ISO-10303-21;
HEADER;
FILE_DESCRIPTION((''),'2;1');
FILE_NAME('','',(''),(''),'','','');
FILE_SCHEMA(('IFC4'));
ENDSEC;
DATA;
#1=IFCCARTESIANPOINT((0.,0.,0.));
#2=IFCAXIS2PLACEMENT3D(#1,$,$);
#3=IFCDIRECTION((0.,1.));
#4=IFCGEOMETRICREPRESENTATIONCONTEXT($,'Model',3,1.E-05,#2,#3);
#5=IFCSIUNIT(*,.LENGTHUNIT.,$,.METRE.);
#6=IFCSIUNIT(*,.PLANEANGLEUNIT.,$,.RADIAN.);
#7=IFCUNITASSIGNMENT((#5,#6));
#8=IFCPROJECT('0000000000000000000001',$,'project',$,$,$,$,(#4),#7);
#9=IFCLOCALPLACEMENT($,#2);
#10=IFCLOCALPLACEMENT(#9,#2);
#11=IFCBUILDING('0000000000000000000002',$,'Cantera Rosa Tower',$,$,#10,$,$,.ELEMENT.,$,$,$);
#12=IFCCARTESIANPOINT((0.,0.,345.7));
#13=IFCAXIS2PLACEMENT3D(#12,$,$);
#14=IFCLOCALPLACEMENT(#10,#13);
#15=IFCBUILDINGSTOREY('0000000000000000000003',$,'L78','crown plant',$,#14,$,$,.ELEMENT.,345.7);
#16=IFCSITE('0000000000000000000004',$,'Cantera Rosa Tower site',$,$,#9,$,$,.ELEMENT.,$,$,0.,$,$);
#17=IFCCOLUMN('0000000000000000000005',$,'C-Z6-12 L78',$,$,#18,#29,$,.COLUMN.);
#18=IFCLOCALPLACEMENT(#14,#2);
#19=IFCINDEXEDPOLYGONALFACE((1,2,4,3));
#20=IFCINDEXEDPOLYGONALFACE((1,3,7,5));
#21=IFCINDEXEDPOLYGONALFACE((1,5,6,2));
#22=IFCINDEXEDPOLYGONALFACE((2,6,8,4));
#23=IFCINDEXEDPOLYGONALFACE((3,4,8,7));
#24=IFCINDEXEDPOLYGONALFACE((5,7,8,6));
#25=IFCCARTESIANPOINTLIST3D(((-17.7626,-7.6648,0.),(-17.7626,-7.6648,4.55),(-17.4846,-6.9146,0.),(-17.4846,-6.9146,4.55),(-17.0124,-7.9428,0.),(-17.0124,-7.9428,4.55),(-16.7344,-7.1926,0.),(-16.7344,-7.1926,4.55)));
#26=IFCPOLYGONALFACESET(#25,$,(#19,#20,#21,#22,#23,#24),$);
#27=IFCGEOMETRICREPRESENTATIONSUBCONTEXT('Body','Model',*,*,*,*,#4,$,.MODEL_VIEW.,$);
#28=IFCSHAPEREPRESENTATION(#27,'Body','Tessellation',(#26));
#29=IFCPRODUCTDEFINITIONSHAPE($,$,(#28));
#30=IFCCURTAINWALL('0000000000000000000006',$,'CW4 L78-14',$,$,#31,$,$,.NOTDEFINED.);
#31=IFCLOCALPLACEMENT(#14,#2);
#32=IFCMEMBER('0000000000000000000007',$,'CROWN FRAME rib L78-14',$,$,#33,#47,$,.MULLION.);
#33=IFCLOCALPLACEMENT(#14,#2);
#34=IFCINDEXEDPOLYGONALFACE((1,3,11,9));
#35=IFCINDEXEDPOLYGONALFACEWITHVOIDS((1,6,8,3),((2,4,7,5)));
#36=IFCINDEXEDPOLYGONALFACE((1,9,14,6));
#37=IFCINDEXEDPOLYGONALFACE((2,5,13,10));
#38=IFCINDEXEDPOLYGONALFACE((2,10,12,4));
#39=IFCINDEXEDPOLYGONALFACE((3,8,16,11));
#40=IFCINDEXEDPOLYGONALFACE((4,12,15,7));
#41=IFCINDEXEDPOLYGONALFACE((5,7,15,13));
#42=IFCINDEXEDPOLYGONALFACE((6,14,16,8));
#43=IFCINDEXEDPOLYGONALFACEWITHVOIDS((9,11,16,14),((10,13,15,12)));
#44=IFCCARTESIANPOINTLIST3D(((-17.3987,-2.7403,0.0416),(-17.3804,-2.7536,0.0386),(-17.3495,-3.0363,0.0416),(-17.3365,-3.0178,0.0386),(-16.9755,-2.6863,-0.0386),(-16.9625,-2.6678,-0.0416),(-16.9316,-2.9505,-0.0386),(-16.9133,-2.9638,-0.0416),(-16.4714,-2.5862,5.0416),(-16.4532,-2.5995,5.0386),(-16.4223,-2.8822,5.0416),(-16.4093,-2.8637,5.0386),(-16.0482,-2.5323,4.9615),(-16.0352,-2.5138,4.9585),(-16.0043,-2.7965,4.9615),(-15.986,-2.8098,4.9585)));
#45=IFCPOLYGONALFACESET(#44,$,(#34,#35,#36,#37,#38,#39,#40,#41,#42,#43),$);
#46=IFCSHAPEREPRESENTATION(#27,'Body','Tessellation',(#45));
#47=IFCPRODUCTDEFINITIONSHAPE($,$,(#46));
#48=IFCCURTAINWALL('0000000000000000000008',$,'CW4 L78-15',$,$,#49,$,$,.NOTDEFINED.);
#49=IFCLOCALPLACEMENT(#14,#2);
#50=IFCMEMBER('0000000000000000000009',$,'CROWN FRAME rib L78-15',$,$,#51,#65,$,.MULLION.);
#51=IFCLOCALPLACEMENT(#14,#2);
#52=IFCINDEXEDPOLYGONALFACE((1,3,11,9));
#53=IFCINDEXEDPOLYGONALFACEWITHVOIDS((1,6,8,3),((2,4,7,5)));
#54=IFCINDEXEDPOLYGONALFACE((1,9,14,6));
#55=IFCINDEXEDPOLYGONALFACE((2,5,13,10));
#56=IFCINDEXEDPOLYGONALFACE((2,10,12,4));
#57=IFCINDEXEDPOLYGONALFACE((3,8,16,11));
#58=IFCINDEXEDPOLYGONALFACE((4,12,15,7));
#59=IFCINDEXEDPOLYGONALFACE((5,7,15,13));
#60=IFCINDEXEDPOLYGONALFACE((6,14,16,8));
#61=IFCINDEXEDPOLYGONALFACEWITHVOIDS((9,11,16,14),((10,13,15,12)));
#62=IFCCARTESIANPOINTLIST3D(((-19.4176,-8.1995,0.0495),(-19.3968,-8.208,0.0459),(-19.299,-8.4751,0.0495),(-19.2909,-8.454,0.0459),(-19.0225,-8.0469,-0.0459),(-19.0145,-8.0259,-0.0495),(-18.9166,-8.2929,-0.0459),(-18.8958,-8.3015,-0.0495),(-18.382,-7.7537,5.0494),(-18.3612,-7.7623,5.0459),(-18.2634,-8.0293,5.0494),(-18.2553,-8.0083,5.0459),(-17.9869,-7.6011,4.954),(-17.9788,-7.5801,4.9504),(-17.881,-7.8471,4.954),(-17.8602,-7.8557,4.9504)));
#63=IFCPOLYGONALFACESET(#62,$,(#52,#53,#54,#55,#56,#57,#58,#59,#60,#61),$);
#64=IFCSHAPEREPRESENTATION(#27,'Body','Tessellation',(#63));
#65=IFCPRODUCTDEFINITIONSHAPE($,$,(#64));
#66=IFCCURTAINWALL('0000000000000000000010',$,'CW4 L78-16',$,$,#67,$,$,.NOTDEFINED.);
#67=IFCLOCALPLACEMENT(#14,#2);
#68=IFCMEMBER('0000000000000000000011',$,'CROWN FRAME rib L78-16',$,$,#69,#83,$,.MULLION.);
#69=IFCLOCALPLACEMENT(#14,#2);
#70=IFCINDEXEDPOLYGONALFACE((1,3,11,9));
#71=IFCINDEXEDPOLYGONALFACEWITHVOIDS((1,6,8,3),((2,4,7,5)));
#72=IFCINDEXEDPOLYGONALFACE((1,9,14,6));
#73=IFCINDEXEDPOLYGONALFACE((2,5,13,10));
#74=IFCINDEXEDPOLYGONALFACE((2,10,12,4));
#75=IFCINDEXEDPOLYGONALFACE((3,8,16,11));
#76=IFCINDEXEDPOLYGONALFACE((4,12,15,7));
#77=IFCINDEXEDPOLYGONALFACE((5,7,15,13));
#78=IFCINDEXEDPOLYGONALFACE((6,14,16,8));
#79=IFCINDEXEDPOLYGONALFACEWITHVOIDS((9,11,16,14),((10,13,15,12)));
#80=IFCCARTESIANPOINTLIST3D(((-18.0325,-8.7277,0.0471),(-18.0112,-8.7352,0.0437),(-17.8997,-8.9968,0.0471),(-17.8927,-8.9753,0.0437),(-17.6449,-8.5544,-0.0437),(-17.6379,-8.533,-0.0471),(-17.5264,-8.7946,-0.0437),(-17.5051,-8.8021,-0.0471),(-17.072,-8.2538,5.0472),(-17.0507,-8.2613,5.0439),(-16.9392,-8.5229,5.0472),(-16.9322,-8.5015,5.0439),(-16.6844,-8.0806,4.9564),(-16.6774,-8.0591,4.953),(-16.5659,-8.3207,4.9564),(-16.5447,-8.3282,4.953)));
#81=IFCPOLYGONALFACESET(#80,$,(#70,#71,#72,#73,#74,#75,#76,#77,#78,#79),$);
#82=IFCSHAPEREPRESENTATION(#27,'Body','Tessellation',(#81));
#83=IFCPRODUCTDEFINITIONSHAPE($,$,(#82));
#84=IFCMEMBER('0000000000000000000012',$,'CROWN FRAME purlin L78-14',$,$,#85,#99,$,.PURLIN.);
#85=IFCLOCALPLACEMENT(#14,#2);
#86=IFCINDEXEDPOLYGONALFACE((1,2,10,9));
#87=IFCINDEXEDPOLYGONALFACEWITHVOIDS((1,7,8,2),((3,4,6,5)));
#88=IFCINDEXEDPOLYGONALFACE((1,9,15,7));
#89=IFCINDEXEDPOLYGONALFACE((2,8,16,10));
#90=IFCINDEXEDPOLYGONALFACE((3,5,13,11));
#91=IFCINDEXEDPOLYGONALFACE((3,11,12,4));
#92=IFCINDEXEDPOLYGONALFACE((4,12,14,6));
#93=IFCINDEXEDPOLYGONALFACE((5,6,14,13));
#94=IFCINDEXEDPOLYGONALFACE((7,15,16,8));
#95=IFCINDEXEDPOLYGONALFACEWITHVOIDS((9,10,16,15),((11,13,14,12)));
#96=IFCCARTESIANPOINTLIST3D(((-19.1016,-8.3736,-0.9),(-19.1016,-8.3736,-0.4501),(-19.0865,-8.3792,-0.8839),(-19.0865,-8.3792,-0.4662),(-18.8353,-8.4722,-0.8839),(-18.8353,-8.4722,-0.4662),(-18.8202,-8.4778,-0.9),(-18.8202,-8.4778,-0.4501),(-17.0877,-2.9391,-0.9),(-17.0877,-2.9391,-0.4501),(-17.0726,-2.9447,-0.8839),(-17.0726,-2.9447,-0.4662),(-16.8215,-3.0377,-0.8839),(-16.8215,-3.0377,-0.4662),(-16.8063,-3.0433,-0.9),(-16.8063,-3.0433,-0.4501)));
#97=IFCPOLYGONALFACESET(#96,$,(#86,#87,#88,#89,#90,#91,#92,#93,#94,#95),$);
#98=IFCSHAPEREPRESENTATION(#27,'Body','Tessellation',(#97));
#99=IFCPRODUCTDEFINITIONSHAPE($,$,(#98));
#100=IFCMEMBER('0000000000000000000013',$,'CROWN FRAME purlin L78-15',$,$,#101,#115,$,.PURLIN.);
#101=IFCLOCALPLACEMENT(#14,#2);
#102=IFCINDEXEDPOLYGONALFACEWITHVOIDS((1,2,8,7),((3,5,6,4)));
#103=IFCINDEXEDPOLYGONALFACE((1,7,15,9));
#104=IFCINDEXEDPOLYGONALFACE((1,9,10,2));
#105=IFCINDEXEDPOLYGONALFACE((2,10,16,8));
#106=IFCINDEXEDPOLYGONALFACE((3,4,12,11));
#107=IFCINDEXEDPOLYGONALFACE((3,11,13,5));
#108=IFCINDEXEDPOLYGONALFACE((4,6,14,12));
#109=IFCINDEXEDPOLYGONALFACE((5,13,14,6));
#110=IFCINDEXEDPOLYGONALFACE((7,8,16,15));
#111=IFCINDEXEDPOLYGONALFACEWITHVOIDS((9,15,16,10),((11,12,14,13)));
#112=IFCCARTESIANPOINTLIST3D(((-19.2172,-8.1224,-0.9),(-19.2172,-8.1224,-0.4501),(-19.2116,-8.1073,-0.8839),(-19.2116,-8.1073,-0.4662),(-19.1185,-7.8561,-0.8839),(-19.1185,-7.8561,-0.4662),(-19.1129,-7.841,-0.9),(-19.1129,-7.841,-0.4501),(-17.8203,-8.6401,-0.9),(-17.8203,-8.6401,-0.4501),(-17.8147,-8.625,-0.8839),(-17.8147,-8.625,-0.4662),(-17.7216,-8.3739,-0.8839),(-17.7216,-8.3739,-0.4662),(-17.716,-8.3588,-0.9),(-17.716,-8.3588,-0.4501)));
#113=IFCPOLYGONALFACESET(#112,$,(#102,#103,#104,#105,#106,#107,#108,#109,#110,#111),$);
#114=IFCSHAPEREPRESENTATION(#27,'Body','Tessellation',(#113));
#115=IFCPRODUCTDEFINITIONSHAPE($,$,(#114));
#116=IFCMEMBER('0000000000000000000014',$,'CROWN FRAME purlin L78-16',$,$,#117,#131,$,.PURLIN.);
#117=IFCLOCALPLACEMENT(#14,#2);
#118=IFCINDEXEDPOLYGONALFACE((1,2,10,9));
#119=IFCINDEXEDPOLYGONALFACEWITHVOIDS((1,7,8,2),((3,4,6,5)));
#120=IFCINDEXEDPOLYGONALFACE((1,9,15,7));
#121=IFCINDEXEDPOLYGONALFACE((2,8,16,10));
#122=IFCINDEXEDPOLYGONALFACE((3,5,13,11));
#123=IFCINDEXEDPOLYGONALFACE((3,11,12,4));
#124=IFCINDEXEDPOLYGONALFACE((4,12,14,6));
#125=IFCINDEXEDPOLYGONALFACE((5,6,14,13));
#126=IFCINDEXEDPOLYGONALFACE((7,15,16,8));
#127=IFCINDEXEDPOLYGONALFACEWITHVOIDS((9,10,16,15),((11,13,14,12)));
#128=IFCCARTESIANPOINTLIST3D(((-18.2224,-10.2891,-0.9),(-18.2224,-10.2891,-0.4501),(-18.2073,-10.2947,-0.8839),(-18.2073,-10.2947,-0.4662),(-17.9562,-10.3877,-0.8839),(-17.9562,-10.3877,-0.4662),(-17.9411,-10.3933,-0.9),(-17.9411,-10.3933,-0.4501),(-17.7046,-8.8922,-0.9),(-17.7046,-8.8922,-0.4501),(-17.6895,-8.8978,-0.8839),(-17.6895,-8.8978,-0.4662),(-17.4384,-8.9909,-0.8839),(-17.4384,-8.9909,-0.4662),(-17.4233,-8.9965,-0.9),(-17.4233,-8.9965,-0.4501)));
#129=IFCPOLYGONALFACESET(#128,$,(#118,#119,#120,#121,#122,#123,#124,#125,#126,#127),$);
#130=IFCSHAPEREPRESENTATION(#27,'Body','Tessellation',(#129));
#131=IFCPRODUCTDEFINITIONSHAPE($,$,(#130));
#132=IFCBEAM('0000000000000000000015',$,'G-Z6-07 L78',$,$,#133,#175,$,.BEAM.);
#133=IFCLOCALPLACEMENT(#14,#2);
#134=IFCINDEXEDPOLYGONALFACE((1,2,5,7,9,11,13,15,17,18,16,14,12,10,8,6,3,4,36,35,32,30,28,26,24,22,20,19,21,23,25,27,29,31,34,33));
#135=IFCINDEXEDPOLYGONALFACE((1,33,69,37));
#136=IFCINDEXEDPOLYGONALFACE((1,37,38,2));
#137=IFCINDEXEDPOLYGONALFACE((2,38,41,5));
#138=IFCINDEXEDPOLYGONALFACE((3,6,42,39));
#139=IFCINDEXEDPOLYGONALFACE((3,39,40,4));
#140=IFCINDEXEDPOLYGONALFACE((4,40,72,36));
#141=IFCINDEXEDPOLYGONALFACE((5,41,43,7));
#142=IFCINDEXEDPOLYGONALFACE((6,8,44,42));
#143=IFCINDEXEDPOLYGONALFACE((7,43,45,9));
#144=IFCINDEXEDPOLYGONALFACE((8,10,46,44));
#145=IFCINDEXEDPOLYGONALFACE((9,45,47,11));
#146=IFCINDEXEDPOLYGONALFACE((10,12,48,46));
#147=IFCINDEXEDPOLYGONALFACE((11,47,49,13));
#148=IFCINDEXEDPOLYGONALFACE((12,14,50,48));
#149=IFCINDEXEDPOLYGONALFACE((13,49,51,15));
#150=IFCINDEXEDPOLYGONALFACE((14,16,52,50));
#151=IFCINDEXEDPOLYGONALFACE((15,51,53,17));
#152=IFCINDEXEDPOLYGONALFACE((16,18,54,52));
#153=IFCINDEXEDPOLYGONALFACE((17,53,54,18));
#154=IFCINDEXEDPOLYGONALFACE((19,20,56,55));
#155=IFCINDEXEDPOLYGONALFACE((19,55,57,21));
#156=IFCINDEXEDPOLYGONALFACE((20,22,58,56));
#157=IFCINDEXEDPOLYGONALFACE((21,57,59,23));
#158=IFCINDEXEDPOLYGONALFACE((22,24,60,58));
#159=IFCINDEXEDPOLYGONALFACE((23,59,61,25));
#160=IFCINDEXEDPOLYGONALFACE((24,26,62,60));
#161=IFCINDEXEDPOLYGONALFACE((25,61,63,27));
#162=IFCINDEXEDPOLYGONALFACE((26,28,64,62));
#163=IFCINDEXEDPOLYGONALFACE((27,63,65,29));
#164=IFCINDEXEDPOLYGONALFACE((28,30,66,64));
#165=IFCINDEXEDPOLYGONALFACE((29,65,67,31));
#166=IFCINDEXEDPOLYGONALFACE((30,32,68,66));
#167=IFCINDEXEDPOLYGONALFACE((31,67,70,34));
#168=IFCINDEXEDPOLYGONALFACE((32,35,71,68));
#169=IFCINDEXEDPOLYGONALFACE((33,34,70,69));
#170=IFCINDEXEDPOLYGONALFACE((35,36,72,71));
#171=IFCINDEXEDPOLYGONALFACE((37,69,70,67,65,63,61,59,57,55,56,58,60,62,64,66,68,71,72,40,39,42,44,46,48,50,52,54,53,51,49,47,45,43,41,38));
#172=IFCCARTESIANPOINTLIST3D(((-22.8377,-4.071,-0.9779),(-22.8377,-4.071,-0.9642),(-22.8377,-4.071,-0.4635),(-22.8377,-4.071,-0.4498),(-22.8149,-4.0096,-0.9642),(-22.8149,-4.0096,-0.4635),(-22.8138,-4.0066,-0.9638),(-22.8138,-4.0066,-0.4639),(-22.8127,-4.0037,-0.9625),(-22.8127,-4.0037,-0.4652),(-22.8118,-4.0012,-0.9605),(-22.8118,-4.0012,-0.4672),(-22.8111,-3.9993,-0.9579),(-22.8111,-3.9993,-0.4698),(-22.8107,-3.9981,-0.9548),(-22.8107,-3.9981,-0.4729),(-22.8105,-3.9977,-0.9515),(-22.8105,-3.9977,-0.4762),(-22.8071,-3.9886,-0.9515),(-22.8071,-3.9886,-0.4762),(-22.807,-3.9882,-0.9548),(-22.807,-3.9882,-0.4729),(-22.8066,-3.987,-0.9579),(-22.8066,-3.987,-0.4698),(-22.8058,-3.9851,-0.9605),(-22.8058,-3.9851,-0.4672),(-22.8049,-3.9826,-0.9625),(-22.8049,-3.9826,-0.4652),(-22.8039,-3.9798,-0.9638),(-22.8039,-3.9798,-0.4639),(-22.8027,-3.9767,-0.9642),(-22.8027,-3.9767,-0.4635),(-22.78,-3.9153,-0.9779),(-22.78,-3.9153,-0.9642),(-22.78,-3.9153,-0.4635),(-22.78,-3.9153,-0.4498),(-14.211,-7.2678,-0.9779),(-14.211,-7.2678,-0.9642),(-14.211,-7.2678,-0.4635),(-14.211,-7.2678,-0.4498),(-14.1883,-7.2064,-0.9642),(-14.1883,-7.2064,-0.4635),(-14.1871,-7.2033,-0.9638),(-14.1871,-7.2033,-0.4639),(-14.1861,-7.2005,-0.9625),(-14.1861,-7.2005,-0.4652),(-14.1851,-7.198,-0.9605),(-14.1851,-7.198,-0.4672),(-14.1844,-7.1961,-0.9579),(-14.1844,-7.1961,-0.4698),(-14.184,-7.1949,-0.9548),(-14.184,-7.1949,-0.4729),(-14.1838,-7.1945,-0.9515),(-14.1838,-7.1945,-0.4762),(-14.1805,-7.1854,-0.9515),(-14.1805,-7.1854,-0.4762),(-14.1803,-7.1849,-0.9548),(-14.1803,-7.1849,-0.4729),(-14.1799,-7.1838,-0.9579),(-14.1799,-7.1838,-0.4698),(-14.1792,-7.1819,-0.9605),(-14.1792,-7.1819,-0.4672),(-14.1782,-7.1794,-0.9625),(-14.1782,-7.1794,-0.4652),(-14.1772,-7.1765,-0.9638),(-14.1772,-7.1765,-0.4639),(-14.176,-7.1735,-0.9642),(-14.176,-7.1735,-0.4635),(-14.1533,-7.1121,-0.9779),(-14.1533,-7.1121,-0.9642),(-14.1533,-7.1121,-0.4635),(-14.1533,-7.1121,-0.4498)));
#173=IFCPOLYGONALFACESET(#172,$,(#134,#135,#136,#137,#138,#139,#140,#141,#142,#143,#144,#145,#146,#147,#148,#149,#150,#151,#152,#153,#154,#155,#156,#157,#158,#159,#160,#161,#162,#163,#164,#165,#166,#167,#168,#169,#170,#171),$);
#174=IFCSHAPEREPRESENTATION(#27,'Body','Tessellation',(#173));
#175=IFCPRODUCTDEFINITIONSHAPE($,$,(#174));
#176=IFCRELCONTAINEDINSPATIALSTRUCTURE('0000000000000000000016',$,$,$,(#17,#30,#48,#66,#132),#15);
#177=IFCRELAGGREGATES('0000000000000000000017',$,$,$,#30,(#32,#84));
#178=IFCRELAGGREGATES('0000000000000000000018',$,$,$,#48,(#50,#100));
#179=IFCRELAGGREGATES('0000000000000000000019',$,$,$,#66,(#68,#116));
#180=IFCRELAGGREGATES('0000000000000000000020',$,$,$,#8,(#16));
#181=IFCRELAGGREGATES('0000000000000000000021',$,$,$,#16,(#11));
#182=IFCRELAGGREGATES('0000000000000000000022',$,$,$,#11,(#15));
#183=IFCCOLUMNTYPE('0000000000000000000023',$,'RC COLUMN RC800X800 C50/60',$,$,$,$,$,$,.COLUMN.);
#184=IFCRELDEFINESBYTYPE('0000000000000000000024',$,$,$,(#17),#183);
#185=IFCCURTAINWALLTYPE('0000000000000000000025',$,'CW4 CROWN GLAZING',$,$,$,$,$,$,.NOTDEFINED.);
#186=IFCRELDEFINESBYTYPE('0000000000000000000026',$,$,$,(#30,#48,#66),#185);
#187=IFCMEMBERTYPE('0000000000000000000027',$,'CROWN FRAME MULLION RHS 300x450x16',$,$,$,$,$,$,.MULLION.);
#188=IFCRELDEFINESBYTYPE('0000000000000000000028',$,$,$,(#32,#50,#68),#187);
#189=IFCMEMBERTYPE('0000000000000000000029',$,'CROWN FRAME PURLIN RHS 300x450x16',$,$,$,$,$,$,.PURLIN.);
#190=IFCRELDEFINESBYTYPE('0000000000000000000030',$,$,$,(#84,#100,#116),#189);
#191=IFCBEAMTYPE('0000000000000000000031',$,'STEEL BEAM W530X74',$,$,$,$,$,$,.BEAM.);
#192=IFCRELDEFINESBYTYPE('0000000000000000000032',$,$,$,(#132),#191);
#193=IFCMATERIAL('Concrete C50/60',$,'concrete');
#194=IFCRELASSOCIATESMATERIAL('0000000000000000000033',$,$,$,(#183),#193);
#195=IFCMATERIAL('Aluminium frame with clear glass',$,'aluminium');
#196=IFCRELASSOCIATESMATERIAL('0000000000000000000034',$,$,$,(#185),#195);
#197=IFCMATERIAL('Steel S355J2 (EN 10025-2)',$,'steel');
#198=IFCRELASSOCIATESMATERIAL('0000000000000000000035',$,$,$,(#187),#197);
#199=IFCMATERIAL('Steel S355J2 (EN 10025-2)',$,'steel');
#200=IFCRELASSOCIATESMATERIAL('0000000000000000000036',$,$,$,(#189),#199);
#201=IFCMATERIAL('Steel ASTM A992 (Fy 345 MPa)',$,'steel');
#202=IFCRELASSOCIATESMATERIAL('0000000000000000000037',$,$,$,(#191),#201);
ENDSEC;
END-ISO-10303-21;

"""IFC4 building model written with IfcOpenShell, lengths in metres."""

from ifc_helpers import new_model, si_unit, direction, frame, origin, origin_2d, place, context, subcontext, project, spatial, rectangle, hollow_rectangle, i_section, extrude, material, material_profile, profile_set, type_object, element, aggregate, save


model = new_model("IFC4")

# Units and contexts
model_context = context("Model", 3, precision=1e-05, world=origin(), true_north=direction((0.0, 1.0)))
body_context = subcontext(model_context, "Body", "Model", "MODEL_VIEW")
ifc_project = project(units=[si_unit("LENGTHUNIT", "METRE"), si_unit("PLANEANGLEUNIT", "RADIAN")], contexts=[model_context])

# Site, building, storey
site_placement = place(None, origin())
site = spatial("IfcSite", under=ifc_project, at=site_placement, Name="Cantera Rosa Tower site", CompositionType="ELEMENT", RefElevation=0.0)
building_placement = place(site_placement, origin())
building = spatial("IfcBuilding", under=site, at=building_placement, Name="Cantera Rosa Tower", CompositionType="ELEMENT")
storey_placement = place(building_placement, frame((0.0, 0.0, 345.7)))
storey = spatial("IfcBuildingStorey", under=building, at=storey_placement, Name="L78", Description="crown plant", CompositionType="ELEMENT", Elevation=345.7)

# Column
ifc_material_1 = material(Name="Concrete C50/60", Category="concrete")
ifc_material_profile_1 = material_profile(ifc_material_1, rectangle(XDim=0.8, YDim=0.8, at=origin_2d()), Name="RC COLUMN RC800X800 C50/60")
ifc_profile_set_1 = profile_set([ifc_material_profile_1], Name="Concrete C50/60")
column_type = type_object("IfcColumnType", Name="RC COLUMN RC800X800 C50/60", PredefinedType="COLUMN", material=ifc_profile_set_1)
column_placement = place(storey_placement, frame((-17.2485, -7.4287, 0.0), z_axis=(0.0, 0.0, 1.0), x_axis=(0.347481, 0.937687, 0.0)))
element("IfcColumn", 1, at=column_placement, inside=storey, type_object=column_type, Name="C-Z6-12 L78", PredefinedType="COLUMN", context=body_context, shape_type="SweptSolid", body=[
    extrude(rectangle(XDim=0.8, YDim=0.8, at=origin_2d()), origin(), (0.0, 0.0, 1.0), 4.55),
])

# Curtain walls, members
ifc_material_2 = material(Name="Aluminium frame with clear glass", Category="aluminium")
curtain_wall_type = type_object("IfcCurtainWallType", Name="CW4 CROWN GLAZING", PredefinedType="NOTDEFINED", material=ifc_material_2)
curtain_wall_1_placement = place(storey_placement, origin())
curtain_wall_1 = element("IfcCurtainWall", 2, at=curtain_wall_1_placement, inside=storey, type_object=curtain_wall_type, Name="CW4 L78-14", PredefinedType="NOTDEFINED")
ifc_material_3 = material(Name="Steel S355J2 (EN 10025-2)", Category="steel")
ifc_material_profile_2 = material_profile(ifc_material_3, hollow_rectangle(XDim=0.3, YDim=0.45, WallThickness=0.0161, at=origin_2d()), Name="CROWN FRAME MULLION RHS 300x450x16")
ifc_profile_set_2 = profile_set([ifc_material_profile_2], Name="Steel S355J2 (EN 10025-2)")
member_type_1 = type_object("IfcMemberType", Name="CROWN FRAME MULLION RHS 300x450x16", PredefinedType="MULLION", material=ifc_profile_set_2)
member_1_placement = place(storey_placement, frame((-17.156, -2.8521, 0.0), z_axis=(0.182257, 0.03028, 0.982785), x_axis=(-0.163894, 0.986478, 0.0)))
member_1 = element("IfcMember", 3, at=member_1_placement, type_object=member_type_1, Name="CROWN FRAME rib L78-14", PredefinedType="MULLION", context=body_context, shape_type="SweptSolid", body=[
    extrude(hollow_rectangle(XDim=0.3, YDim=0.45, WallThickness=0.0161, at=origin_2d()), origin(), (0.0, 0.0, 1.0), 5.0876),
])
curtain_wall_2_placement = place(storey_placement, origin())
curtain_wall_2 = element("IfcCurtainWall", 4, at=curtain_wall_2_placement, inside=storey, type_object=curtain_wall_type, Name="CW4 L78-15", PredefinedType="NOTDEFINED")
member_2_placement = place(storey_placement, frame((-19.1567, -8.2505, 0.0), z_axis=(0.202055, 0.086976, 0.975504), x_axis=(-0.395382, 0.918517, 0.0)))
member_2 = element("IfcMember", 5, at=member_2_placement, type_object=member_type_1, Name="CROWN FRAME rib L78-15", PredefinedType="MULLION", context=body_context, shape_type="SweptSolid", body=[
    extrude(hollow_rectangle(XDim=0.3, YDim=0.45, WallThickness=0.0161, at=origin_2d()), origin(), (0.0, 0.0, 1.0), 5.1255),
])
curtain_wall_3_placement = place(storey_placement, origin())
curtain_wall_3 = element("IfcCurtainWall", 6, at=curtain_wall_3_placement, inside=storey, type_object=curtain_wall_type, Name="CW4 L78-16", PredefinedType="NOTDEFINED")
member_3_placement = place(storey_placement, frame((-17.7688, -8.7649, 0.0), z_axis=(0.187829, 0.092673, 0.97782), x_axis=(-0.442466, 0.896785, 0.0)))
member_3 = element("IfcMember", 7, at=member_3_placement, type_object=member_type_1, Name="CROWN FRAME rib L78-16", PredefinedType="MULLION", context=body_context, shape_type="SweptSolid", body=[
    extrude(hollow_rectangle(XDim=0.3, YDim=0.45, WallThickness=0.0161, at=origin_2d()), origin(), (0.0, 0.0, 1.0), 5.1135),
])

# Members
ifc_material_4 = material(Name="Steel S355J2 (EN 10025-2)", Category="steel")
ifc_material_profile_3 = material_profile(ifc_material_4, hollow_rectangle(XDim=0.3, YDim=0.45, WallThickness=0.0161, at=origin_2d()), Name="CROWN FRAME PURLIN RHS 300x450x16")
ifc_profile_set_3 = profile_set([ifc_material_profile_3], Name="Steel S355J2 (EN 10025-2)")
member_type_2 = type_object("IfcMemberType", Name="CROWN FRAME PURLIN RHS 300x450x16", PredefinedType="PURLIN", material=ifc_profile_set_3)
member_4_placement = place(storey_placement, frame((-16.947, -2.9912, -0.675), z_axis=(-0.347483, -0.937686, 0.0), x_axis=(0.937686, -0.347483, 0.0)))
member_4 = element("IfcMember", 8, at=member_4_placement, type_object=member_type_2, Name="CROWN FRAME purlin L78-14", PredefinedType="PURLIN", context=body_context, shape_type="SweptSolid", body=[
    extrude(hollow_rectangle(XDim=0.3, YDim=0.45, WallThickness=0.0161, at=origin_2d()), origin(), (0.0, 0.0, 1.0), 5.7957),
])
member_5_placement = place(storey_placement, frame((-19.165, -7.9817, -0.675), z_axis=(0.937656, -0.347565, 0.0), x_axis=(0.347565, 0.937656, 0.0)))
member_5 = element("IfcMember", 9, at=member_5_placement, type_object=member_type_2, Name="CROWN FRAME purlin L78-15", PredefinedType="PURLIN", context=body_context, shape_type="SweptSolid", body=[
    extrude(hollow_rectangle(XDim=0.3, YDim=0.45, WallThickness=0.0161, at=origin_2d()), origin(), (0.0, 0.0, 1.0), 1.4897),
])
member_6_placement = place(storey_placement, frame((-17.564, -8.9443, -0.675), z_axis=(-0.347565, -0.937656, 0.0), x_axis=(0.937656, -0.347565, 0.0)))
member_6 = element("IfcMember", 10, at=member_6_placement, type_object=member_type_2, Name="CROWN FRAME purlin L78-16", PredefinedType="PURLIN", context=body_context, shape_type="SweptSolid", body=[
    extrude(hollow_rectangle(XDim=0.3, YDim=0.45, WallThickness=0.0161, at=origin_2d()), origin(), (0.0, 0.0, 1.0), 1.4897),
])

# Beam
ifc_material_5 = material(Name="Steel ASTM A992 (Fy 345 MPa)", Category="steel")
ifc_material_profile_4 = material_profile(ifc_material_5, i_section(OverallWidth=0.166, OverallDepth=0.5281, WebThickness=0.0098, FlangeThickness=0.0137, FilletRadius=0.0127, at=origin_2d()), Name="W530X74")
ifc_profile_set_4 = profile_set([ifc_material_profile_4], Name="Steel ASTM A992 (Fy 345 MPa)")
beam_type_1 = type_object("IfcBeamType", Name="STEEL BEAM W530X74", PredefinedType="BEAM", material=ifc_profile_set_4)
beam_1_placement = place(storey_placement, frame((-22.8088, -3.9932, -0.7139), z_axis=(0.937689, -0.347477, 0.0), x_axis=(0.347477, 0.937689, 0.0)))
element("IfcBeam", 11, at=beam_1_placement, inside=storey, type_object=beam_type_1, Name="G-Z6-07 L78", PredefinedType="BEAM", context=body_context, shape_type="SweptSolid", body=[
    extrude(i_section(OverallWidth=0.166, OverallDepth=0.5281, WebThickness=0.0098, FlangeThickness=0.0137, FilletRadius=0.0127, at=origin_2d()), origin(), (0.0, 0.0, 1.0), 9.2),
])

aggregate(curtain_wall_1, [member_1, member_4])
aggregate(curtain_wall_2, [member_2, member_5])
aggregate(curtain_wall_3, [member_3, member_6])

save(model, "model.ifc")
